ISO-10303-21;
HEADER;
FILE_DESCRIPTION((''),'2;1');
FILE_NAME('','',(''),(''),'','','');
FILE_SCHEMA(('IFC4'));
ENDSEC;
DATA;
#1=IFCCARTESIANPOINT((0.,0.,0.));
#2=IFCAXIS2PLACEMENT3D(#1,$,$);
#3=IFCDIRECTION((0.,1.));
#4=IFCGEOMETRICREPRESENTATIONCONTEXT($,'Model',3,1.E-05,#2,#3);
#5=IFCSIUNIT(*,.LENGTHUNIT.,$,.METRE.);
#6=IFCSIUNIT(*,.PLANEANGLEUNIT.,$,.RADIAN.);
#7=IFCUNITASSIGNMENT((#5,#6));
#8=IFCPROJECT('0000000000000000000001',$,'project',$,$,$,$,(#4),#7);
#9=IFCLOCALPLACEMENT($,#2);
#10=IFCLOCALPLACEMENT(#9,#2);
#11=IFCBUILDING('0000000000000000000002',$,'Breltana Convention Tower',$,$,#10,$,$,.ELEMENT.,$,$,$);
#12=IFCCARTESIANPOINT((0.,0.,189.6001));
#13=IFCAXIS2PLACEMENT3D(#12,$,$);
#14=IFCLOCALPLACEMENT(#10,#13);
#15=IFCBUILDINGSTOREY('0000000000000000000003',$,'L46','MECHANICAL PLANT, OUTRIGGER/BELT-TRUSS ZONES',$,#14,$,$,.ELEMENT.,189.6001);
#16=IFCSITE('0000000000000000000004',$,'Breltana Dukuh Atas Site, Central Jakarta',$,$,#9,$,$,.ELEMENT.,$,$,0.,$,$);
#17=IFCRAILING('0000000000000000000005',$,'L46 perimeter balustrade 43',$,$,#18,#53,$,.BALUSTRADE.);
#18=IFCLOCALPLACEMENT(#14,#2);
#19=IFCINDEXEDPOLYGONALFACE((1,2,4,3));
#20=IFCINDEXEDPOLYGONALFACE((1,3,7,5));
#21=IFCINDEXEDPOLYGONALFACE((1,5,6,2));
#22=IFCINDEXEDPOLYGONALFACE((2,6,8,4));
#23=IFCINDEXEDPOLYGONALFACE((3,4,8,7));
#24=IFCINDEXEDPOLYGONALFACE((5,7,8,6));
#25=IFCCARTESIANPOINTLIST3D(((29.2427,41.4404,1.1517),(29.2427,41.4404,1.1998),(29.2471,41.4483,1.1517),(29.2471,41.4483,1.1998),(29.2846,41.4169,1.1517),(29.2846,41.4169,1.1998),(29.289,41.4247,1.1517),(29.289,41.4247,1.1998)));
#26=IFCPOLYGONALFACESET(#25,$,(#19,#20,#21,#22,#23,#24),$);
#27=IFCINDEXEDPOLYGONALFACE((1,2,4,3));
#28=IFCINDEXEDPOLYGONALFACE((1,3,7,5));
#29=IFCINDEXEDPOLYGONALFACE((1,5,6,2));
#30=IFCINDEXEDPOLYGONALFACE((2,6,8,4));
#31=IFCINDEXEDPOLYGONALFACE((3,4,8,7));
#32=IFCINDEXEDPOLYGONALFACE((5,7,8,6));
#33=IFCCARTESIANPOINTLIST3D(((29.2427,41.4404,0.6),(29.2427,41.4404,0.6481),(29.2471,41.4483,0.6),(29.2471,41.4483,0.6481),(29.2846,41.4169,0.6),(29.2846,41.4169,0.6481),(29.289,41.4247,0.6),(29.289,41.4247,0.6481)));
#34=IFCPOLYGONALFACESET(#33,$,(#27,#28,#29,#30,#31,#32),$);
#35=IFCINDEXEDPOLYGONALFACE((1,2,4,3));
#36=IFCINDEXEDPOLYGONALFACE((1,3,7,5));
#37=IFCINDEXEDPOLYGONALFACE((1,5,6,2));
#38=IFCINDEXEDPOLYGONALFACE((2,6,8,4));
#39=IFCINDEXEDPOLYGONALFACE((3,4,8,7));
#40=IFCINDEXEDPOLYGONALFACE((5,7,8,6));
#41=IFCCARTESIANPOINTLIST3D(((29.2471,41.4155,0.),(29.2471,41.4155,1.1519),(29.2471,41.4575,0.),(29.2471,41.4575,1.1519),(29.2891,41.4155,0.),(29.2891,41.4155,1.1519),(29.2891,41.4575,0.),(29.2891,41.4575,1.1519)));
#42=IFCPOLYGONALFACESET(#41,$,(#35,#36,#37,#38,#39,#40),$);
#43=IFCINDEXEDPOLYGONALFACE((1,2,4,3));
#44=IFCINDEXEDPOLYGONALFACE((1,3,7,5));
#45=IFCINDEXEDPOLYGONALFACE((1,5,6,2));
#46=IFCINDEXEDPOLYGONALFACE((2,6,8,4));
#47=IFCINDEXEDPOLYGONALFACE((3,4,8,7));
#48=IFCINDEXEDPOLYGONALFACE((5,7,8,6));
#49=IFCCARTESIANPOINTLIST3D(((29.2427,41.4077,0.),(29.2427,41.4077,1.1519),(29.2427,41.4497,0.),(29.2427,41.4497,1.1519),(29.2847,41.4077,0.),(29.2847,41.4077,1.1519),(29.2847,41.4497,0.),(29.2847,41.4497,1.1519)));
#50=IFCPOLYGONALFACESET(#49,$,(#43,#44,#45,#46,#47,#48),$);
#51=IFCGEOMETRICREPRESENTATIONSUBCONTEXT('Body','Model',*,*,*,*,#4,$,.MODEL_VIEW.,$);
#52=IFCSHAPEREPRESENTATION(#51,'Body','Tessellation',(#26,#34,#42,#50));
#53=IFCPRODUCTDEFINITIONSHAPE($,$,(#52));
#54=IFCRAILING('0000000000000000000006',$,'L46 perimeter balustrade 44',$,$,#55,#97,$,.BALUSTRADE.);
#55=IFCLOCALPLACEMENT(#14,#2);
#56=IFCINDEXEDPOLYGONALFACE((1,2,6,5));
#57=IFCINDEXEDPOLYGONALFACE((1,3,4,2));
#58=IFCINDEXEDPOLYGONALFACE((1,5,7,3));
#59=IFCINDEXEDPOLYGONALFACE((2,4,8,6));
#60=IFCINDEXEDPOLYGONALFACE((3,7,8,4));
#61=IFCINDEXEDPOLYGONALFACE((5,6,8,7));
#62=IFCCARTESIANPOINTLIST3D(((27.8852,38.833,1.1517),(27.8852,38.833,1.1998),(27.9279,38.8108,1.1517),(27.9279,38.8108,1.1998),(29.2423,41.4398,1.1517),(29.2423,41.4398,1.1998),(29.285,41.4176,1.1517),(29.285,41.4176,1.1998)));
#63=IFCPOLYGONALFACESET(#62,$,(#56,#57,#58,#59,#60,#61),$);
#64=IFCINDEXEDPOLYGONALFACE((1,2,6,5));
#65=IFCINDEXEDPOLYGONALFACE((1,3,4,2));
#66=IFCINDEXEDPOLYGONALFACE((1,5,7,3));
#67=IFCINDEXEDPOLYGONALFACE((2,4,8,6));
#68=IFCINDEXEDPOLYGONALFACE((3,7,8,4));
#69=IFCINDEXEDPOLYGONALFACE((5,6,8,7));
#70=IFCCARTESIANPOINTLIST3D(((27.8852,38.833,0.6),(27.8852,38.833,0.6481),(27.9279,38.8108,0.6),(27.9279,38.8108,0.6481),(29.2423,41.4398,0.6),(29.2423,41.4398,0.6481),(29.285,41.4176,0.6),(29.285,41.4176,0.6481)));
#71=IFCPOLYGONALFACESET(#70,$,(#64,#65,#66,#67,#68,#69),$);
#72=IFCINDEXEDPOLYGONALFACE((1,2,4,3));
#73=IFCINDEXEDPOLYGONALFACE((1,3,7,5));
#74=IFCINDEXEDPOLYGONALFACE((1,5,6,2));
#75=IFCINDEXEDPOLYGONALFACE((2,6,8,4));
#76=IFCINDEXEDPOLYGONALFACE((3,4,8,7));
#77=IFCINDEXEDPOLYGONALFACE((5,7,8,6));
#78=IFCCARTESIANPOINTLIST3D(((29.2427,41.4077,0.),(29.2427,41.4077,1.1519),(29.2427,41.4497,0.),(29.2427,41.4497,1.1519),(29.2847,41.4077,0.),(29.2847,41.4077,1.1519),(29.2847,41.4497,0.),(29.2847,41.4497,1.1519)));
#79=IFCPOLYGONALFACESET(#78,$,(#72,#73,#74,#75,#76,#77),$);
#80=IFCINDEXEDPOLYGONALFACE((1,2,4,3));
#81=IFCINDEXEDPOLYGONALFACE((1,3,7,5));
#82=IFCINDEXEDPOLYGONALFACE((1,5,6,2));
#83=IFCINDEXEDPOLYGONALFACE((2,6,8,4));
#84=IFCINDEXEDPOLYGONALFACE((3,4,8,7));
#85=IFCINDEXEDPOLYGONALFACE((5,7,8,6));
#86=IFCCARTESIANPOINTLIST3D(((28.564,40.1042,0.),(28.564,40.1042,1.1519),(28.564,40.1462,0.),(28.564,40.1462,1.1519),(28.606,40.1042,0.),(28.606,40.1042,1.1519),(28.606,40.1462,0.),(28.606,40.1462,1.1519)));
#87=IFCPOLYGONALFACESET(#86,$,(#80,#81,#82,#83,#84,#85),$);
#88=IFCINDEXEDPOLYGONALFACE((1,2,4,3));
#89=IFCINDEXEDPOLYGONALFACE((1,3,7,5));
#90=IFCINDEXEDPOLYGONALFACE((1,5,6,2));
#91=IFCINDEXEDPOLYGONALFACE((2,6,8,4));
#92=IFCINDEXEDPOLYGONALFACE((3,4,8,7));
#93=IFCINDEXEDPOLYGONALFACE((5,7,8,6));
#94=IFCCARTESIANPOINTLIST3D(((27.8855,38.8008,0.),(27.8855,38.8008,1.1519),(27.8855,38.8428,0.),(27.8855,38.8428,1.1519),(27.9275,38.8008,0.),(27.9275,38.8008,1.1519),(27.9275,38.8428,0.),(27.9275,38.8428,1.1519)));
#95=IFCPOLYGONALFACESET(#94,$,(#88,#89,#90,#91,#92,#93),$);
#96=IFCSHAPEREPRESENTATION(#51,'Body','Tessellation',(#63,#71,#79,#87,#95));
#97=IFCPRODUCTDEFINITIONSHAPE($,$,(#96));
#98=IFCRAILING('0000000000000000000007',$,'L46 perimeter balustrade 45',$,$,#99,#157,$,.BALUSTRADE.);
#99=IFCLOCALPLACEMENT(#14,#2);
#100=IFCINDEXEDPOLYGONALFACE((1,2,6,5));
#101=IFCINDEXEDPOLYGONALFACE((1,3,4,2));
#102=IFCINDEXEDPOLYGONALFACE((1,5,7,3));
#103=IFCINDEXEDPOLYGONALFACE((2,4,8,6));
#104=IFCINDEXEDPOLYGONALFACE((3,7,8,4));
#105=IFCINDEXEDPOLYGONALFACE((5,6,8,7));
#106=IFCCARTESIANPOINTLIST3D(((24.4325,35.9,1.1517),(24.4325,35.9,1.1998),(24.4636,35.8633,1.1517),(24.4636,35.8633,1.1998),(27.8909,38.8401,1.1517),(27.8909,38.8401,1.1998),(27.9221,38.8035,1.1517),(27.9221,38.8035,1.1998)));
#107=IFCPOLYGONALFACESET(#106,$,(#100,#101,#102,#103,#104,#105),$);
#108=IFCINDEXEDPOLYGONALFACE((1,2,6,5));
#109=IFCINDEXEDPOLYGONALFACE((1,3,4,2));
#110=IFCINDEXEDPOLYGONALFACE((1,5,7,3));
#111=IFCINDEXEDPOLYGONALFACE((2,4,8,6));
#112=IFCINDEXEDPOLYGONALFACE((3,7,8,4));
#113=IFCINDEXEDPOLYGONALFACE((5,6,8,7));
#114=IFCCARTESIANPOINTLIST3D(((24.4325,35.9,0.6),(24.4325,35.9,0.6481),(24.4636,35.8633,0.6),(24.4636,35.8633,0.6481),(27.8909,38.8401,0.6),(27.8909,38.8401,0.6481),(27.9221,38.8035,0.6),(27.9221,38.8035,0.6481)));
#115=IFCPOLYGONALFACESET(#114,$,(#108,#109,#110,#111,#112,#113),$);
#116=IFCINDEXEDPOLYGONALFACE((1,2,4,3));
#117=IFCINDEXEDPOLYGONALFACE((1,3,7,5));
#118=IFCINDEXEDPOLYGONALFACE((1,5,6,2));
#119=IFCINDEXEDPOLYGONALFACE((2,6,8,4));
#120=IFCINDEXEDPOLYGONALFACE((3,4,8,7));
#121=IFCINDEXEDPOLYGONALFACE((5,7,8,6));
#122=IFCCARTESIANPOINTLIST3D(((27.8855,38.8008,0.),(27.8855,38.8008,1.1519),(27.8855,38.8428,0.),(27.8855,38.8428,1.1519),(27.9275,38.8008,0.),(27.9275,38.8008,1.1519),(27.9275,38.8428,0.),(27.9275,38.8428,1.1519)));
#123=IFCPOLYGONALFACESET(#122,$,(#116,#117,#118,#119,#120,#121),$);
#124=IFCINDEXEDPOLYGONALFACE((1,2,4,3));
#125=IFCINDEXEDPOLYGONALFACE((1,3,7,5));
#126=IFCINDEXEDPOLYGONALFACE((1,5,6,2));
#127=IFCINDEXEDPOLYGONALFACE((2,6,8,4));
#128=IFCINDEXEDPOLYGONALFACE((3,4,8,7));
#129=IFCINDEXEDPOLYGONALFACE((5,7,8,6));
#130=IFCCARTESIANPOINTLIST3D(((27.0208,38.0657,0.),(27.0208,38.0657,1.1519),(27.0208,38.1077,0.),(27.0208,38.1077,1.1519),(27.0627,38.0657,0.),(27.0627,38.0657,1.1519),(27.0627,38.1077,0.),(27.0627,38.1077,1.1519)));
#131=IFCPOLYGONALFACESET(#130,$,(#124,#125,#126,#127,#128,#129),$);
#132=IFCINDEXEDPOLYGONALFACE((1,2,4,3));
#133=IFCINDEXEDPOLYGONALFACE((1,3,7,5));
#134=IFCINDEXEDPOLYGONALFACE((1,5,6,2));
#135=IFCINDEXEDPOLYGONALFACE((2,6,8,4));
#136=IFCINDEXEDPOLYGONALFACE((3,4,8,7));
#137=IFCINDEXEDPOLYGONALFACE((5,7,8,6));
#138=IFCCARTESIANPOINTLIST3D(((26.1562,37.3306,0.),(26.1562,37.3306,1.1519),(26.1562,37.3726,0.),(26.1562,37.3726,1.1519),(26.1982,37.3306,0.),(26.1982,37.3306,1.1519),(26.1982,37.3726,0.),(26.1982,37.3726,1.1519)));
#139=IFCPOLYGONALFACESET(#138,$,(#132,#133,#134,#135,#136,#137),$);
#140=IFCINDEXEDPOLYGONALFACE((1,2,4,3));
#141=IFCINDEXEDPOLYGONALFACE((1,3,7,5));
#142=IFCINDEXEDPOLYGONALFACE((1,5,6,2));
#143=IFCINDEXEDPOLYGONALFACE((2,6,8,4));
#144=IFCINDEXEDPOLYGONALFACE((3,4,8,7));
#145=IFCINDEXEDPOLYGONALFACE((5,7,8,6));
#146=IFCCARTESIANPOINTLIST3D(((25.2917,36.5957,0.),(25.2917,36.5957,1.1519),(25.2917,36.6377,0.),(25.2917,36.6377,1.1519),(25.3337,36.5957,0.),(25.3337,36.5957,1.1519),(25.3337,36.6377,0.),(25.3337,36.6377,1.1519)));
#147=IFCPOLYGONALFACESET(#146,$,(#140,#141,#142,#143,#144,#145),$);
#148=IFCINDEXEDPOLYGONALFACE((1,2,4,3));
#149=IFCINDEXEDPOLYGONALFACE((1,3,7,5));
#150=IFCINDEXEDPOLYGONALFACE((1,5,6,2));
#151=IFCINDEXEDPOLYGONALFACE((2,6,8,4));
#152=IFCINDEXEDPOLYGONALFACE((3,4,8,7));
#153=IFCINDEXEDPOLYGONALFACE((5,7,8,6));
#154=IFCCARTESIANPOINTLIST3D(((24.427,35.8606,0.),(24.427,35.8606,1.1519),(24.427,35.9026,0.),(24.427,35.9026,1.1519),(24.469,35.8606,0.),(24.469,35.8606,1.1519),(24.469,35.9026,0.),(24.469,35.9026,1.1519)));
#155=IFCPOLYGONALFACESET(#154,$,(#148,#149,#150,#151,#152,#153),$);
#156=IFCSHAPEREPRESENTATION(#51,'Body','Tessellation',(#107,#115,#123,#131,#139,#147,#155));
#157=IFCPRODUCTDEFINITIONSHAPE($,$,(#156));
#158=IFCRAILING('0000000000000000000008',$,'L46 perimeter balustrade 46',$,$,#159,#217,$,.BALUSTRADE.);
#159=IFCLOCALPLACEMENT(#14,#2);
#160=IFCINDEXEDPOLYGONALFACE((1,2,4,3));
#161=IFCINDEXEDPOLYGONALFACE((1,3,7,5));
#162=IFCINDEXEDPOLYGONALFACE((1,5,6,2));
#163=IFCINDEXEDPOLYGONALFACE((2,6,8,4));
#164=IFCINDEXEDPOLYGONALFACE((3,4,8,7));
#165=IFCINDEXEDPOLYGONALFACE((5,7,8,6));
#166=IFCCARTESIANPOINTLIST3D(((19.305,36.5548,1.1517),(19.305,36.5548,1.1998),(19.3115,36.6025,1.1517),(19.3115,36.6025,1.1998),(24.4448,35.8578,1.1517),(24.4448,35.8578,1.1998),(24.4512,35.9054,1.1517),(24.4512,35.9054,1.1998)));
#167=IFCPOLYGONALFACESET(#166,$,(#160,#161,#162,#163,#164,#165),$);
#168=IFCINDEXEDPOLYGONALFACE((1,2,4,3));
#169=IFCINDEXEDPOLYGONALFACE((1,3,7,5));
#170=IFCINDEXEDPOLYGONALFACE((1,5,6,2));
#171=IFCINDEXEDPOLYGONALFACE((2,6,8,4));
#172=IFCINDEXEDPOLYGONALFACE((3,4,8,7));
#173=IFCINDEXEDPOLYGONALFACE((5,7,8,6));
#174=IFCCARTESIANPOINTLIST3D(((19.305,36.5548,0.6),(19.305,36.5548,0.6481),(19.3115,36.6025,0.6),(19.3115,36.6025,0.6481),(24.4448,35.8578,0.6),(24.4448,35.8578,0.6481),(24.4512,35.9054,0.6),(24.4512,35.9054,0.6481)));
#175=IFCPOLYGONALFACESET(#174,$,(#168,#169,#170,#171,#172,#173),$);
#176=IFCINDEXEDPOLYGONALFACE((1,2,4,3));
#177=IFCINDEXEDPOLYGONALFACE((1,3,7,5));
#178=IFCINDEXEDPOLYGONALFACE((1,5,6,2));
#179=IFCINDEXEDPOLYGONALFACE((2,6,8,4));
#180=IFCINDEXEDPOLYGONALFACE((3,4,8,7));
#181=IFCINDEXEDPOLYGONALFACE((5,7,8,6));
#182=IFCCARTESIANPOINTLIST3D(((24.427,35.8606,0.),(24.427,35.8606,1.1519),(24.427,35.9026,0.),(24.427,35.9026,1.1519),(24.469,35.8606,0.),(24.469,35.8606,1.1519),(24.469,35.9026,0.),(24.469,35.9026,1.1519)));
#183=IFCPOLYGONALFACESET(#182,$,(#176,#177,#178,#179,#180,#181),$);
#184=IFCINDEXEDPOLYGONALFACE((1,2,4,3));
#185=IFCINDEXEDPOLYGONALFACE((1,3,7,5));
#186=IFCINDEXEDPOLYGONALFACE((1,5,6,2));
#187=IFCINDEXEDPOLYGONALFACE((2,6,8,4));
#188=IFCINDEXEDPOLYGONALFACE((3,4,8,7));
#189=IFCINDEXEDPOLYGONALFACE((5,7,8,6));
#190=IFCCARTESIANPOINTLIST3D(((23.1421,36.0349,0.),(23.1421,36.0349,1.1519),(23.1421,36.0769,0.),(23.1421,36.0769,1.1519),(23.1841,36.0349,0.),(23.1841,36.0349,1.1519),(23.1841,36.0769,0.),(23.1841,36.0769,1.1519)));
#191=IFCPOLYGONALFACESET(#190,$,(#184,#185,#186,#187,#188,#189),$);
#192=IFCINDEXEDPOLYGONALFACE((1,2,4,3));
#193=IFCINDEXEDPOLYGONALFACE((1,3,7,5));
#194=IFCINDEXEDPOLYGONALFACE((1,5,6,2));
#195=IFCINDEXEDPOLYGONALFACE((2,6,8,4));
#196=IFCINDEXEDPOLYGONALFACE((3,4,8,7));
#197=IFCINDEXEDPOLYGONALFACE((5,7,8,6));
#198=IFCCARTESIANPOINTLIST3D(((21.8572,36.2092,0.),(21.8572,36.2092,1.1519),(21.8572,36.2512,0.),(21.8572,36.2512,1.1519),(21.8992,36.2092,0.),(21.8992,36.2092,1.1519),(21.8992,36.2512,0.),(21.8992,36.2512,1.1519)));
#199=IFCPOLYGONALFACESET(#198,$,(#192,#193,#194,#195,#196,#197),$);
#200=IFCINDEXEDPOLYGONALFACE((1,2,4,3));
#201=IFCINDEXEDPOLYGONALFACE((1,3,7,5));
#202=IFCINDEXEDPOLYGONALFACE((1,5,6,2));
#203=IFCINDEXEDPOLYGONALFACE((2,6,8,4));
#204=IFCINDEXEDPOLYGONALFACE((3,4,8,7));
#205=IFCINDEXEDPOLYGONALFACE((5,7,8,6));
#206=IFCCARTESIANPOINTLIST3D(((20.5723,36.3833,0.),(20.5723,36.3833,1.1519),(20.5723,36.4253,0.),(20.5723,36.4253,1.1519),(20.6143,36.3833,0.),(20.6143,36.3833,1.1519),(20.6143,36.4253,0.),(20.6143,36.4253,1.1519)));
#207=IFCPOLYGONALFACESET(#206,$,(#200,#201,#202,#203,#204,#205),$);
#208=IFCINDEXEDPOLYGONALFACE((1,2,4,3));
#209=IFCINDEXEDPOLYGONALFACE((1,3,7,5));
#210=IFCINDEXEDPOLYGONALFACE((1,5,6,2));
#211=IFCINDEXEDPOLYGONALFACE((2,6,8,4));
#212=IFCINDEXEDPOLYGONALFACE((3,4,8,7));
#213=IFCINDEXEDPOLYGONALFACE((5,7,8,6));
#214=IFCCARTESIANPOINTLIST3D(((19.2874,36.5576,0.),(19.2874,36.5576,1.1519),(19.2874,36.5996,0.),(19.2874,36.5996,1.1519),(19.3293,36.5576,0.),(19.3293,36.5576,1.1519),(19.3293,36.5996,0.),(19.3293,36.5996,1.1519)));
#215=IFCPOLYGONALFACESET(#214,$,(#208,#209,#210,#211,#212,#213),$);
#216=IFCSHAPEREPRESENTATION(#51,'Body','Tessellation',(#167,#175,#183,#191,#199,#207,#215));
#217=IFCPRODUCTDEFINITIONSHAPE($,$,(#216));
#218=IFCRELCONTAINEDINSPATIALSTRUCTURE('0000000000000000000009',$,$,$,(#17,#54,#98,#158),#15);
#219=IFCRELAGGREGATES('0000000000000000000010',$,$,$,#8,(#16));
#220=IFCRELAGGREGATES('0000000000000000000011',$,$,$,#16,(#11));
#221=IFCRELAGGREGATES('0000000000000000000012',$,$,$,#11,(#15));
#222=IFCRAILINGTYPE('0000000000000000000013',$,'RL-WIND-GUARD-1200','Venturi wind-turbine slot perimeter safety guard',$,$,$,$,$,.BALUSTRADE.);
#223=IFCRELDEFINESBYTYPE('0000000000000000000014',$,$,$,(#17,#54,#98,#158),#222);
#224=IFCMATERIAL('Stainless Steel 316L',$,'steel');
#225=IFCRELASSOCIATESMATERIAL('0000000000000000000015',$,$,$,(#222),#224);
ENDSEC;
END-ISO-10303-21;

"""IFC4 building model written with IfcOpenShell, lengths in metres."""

from ifc_helpers import new_model, si_unit, direction, frame, origin, origin_2d, place, context, subcontext, project, spatial, rectangle, extrude, material, type_object, element, save


model = new_model("IFC4")

# Units and contexts
model_context = context("Model", 3, precision=1e-05, world=origin(), true_north=direction((0.0, 1.0)))
body_context = subcontext(model_context, "Body", "Model", "MODEL_VIEW")
ifc_project = project(units=[si_unit("LENGTHUNIT", "METRE"), si_unit("PLANEANGLEUNIT", "RADIAN")], contexts=[model_context])

# Site, building, storey
site_placement = place(None, origin())
site = spatial("IfcSite", under=ifc_project, at=site_placement, Name="Breltana Dukuh Atas Site, Central Jakarta", CompositionType="ELEMENT", RefElevation=0.0)
building_placement = place(site_placement, origin())
building = spatial("IfcBuilding", under=site, at=building_placement, Name="Breltana Convention Tower", CompositionType="ELEMENT")
storey_placement = place(building_placement, frame((0.0, 0.0, 189.6001)))
storey = spatial("IfcBuildingStorey", under=building, at=storey_placement, Name="L46", Description="MECHANICAL PLANT, OUTRIGGER/BELT-TRUSS ZONES", CompositionType="ELEMENT", Elevation=189.6001)

# Railings
ifc_material_1 = material(Name="Stainless Steel 316L", Category="steel")
railing_type = type_object("IfcRailingType", Name="RL-WIND-GUARD-1200", Description="Venturi wind-turbine slot perimeter safety guard", PredefinedType="BALUSTRADE", material=ifc_material_1)
railing_1_placement = place(storey_placement, frame((29.2681, 41.4365, 0.0)))
element("IfcRailing", 1, at=railing_1_placement, inside=storey, type_object=railing_type, Name="L46 perimeter balustrade 43", PredefinedType="BALUSTRADE", context=body_context, shape_type="SweptSolid", body=[
    extrude(rectangle(XDim=0.0481, YDim=0.0481, at=origin_2d()), frame((0.0, 0.0, 1.1758), z_axis=(-0.490261, -0.871576, 0.0), x_axis=(0.871576, -0.490261, 0.0)), (0.0, 0.0, 1.0), 0.009),
    extrude(rectangle(XDim=0.0481, YDim=0.0481, at=origin_2d()), frame((0.0, 0.0, 0.624), z_axis=(-0.490261, -0.871576, 0.0), x_axis=(0.871576, -0.490261, 0.0)), (0.0, 0.0, 1.0), 0.009),
    extrude(rectangle(XDim=0.042, YDim=0.042, at=origin_2d()), origin(), (0.0, 0.0, 1.0), 1.1519),
    extrude(rectangle(XDim=0.042, YDim=0.042, at=origin_2d()), frame((-0.0044, -0.0078, 0.0)), (0.0, 0.0, 1.0), 1.1519),
])
railing_2_placement = place(storey_placement, frame((29.2637, 41.4287, 0.0)))
element("IfcRailing", 2, at=railing_2_placement, inside=storey, type_object=railing_type, Name="L46 perimeter balustrade 44", PredefinedType="BALUSTRADE", context=body_context, shape_type="SweptSolid", body=[
    extrude(rectangle(XDim=0.0481, YDim=0.0481, at=origin_2d()), frame((0.0, 0.0, 1.1758), z_axis=(-0.461774, -0.886998, 0.0), x_axis=(0.886998, -0.461774, 0.0)), (0.0, 0.0, 1.0), 2.939),
    extrude(rectangle(XDim=0.0481, YDim=0.0481, at=origin_2d()), frame((0.0, 0.0, 0.624), z_axis=(-0.461774, -0.886998, 0.0), x_axis=(0.886998, -0.461774, 0.0)), (0.0, 0.0, 1.0), 2.939),
    extrude(rectangle(XDim=0.042, YDim=0.042, at=origin_2d()), origin(), (0.0, 0.0, 1.0), 1.1519),
    extrude(rectangle(XDim=0.042, YDim=0.042, at=origin_2d()), frame((-0.6787, -1.3035, 0.0)), (0.0, 0.0, 1.0), 1.1519),
    extrude(rectangle(XDim=0.042, YDim=0.042, at=origin_2d()), frame((-1.3572, -2.6069, 0.0)), (0.0, 0.0, 1.0), 1.1519),
])
railing_3_placement = place(storey_placement, frame((27.9065, 38.8218, 0.0)))
element("IfcRailing", 3, at=railing_3_placement, inside=storey, type_object=railing_type, Name="L46 perimeter balustrade 45", PredefinedType="BALUSTRADE", context=body_context, shape_type="SweptSolid", body=[
    extrude(rectangle(XDim=0.0481, YDim=0.0481, at=origin_2d()), frame((0.0, 0.0, 1.1758), z_axis=(-0.761889, -0.647708, 0.0), x_axis=(0.647708, -0.761889, 0.0)), (0.0, 0.0, 1.0), 4.5393),
    extrude(rectangle(XDim=0.0481, YDim=0.0481, at=origin_2d()), frame((0.0, 0.0, 0.624), z_axis=(-0.761889, -0.647708, 0.0), x_axis=(0.647708, -0.761889, 0.0)), (0.0, 0.0, 1.0), 4.5393),
    extrude(rectangle(XDim=0.042, YDim=0.042, at=origin_2d()), origin(), (0.0, 0.0, 1.0), 1.1519),
    extrude(rectangle(XDim=0.042, YDim=0.042, at=origin_2d()), frame((-0.8647, -0.7351, 0.0)), (0.0, 0.0, 1.0), 1.1519),
    extrude(rectangle(XDim=0.042, YDim=0.042, at=origin_2d()), frame((-1.7292, -1.4702, 0.0)), (0.0, 0.0, 1.0), 1.1519),
    extrude(rectangle(XDim=0.042, YDim=0.042, at=origin_2d()), frame((-2.5938, -2.2051, 0.0)), (0.0, 0.0, 1.0), 1.1519),
    extrude(rectangle(XDim=0.042, YDim=0.042, at=origin_2d()), frame((-3.4585, -2.9402, 0.0)), (0.0, 0.0, 1.0), 1.1519),
])
railing_4_placement = place(storey_placement, frame((24.448, 35.8816, 0.0)))
element("IfcRailing", 4, at=railing_4_placement, inside=storey, type_object=railing_type, Name="L46 perimeter balustrade 46", PredefinedType="BALUSTRADE", context=body_context, shape_type="SweptSolid", body=[
    extrude(rectangle(XDim=0.0481, YDim=0.0481, at=origin_2d()), frame((0.0, 0.0, 1.1758), z_axis=(-0.990929, 0.134386, 0.0), x_axis=(-0.134386, -0.990929, 0.0)), (0.0, 0.0, 1.0), 5.1868),
    extrude(rectangle(XDim=0.0481, YDim=0.0481, at=origin_2d()), frame((0.0, 0.0, 0.624), z_axis=(-0.990929, 0.134386, 0.0), x_axis=(-0.134386, -0.990929, 0.0)), (0.0, 0.0, 1.0), 5.1868),
    extrude(rectangle(XDim=0.042, YDim=0.042, at=origin_2d()), origin(), (0.0, 0.0, 1.0), 1.1519),
    extrude(rectangle(XDim=0.042, YDim=0.042, at=origin_2d()), frame((-1.2849, 0.1743, 0.0)), (0.0, 0.0, 1.0), 1.1519),
    extrude(rectangle(XDim=0.042, YDim=0.042, at=origin_2d()), frame((-2.5698, 0.3486, 0.0)), (0.0, 0.0, 1.0), 1.1519),
    extrude(rectangle(XDim=0.042, YDim=0.042, at=origin_2d()), frame((-3.8547, 0.5227, 0.0)), (0.0, 0.0, 1.0), 1.1519),
    extrude(rectangle(XDim=0.042, YDim=0.042, at=origin_2d()), frame((-5.1396, 0.697, 0.0)), (0.0, 0.0, 1.0), 1.1519),
])

save(model, "model.ifc")
